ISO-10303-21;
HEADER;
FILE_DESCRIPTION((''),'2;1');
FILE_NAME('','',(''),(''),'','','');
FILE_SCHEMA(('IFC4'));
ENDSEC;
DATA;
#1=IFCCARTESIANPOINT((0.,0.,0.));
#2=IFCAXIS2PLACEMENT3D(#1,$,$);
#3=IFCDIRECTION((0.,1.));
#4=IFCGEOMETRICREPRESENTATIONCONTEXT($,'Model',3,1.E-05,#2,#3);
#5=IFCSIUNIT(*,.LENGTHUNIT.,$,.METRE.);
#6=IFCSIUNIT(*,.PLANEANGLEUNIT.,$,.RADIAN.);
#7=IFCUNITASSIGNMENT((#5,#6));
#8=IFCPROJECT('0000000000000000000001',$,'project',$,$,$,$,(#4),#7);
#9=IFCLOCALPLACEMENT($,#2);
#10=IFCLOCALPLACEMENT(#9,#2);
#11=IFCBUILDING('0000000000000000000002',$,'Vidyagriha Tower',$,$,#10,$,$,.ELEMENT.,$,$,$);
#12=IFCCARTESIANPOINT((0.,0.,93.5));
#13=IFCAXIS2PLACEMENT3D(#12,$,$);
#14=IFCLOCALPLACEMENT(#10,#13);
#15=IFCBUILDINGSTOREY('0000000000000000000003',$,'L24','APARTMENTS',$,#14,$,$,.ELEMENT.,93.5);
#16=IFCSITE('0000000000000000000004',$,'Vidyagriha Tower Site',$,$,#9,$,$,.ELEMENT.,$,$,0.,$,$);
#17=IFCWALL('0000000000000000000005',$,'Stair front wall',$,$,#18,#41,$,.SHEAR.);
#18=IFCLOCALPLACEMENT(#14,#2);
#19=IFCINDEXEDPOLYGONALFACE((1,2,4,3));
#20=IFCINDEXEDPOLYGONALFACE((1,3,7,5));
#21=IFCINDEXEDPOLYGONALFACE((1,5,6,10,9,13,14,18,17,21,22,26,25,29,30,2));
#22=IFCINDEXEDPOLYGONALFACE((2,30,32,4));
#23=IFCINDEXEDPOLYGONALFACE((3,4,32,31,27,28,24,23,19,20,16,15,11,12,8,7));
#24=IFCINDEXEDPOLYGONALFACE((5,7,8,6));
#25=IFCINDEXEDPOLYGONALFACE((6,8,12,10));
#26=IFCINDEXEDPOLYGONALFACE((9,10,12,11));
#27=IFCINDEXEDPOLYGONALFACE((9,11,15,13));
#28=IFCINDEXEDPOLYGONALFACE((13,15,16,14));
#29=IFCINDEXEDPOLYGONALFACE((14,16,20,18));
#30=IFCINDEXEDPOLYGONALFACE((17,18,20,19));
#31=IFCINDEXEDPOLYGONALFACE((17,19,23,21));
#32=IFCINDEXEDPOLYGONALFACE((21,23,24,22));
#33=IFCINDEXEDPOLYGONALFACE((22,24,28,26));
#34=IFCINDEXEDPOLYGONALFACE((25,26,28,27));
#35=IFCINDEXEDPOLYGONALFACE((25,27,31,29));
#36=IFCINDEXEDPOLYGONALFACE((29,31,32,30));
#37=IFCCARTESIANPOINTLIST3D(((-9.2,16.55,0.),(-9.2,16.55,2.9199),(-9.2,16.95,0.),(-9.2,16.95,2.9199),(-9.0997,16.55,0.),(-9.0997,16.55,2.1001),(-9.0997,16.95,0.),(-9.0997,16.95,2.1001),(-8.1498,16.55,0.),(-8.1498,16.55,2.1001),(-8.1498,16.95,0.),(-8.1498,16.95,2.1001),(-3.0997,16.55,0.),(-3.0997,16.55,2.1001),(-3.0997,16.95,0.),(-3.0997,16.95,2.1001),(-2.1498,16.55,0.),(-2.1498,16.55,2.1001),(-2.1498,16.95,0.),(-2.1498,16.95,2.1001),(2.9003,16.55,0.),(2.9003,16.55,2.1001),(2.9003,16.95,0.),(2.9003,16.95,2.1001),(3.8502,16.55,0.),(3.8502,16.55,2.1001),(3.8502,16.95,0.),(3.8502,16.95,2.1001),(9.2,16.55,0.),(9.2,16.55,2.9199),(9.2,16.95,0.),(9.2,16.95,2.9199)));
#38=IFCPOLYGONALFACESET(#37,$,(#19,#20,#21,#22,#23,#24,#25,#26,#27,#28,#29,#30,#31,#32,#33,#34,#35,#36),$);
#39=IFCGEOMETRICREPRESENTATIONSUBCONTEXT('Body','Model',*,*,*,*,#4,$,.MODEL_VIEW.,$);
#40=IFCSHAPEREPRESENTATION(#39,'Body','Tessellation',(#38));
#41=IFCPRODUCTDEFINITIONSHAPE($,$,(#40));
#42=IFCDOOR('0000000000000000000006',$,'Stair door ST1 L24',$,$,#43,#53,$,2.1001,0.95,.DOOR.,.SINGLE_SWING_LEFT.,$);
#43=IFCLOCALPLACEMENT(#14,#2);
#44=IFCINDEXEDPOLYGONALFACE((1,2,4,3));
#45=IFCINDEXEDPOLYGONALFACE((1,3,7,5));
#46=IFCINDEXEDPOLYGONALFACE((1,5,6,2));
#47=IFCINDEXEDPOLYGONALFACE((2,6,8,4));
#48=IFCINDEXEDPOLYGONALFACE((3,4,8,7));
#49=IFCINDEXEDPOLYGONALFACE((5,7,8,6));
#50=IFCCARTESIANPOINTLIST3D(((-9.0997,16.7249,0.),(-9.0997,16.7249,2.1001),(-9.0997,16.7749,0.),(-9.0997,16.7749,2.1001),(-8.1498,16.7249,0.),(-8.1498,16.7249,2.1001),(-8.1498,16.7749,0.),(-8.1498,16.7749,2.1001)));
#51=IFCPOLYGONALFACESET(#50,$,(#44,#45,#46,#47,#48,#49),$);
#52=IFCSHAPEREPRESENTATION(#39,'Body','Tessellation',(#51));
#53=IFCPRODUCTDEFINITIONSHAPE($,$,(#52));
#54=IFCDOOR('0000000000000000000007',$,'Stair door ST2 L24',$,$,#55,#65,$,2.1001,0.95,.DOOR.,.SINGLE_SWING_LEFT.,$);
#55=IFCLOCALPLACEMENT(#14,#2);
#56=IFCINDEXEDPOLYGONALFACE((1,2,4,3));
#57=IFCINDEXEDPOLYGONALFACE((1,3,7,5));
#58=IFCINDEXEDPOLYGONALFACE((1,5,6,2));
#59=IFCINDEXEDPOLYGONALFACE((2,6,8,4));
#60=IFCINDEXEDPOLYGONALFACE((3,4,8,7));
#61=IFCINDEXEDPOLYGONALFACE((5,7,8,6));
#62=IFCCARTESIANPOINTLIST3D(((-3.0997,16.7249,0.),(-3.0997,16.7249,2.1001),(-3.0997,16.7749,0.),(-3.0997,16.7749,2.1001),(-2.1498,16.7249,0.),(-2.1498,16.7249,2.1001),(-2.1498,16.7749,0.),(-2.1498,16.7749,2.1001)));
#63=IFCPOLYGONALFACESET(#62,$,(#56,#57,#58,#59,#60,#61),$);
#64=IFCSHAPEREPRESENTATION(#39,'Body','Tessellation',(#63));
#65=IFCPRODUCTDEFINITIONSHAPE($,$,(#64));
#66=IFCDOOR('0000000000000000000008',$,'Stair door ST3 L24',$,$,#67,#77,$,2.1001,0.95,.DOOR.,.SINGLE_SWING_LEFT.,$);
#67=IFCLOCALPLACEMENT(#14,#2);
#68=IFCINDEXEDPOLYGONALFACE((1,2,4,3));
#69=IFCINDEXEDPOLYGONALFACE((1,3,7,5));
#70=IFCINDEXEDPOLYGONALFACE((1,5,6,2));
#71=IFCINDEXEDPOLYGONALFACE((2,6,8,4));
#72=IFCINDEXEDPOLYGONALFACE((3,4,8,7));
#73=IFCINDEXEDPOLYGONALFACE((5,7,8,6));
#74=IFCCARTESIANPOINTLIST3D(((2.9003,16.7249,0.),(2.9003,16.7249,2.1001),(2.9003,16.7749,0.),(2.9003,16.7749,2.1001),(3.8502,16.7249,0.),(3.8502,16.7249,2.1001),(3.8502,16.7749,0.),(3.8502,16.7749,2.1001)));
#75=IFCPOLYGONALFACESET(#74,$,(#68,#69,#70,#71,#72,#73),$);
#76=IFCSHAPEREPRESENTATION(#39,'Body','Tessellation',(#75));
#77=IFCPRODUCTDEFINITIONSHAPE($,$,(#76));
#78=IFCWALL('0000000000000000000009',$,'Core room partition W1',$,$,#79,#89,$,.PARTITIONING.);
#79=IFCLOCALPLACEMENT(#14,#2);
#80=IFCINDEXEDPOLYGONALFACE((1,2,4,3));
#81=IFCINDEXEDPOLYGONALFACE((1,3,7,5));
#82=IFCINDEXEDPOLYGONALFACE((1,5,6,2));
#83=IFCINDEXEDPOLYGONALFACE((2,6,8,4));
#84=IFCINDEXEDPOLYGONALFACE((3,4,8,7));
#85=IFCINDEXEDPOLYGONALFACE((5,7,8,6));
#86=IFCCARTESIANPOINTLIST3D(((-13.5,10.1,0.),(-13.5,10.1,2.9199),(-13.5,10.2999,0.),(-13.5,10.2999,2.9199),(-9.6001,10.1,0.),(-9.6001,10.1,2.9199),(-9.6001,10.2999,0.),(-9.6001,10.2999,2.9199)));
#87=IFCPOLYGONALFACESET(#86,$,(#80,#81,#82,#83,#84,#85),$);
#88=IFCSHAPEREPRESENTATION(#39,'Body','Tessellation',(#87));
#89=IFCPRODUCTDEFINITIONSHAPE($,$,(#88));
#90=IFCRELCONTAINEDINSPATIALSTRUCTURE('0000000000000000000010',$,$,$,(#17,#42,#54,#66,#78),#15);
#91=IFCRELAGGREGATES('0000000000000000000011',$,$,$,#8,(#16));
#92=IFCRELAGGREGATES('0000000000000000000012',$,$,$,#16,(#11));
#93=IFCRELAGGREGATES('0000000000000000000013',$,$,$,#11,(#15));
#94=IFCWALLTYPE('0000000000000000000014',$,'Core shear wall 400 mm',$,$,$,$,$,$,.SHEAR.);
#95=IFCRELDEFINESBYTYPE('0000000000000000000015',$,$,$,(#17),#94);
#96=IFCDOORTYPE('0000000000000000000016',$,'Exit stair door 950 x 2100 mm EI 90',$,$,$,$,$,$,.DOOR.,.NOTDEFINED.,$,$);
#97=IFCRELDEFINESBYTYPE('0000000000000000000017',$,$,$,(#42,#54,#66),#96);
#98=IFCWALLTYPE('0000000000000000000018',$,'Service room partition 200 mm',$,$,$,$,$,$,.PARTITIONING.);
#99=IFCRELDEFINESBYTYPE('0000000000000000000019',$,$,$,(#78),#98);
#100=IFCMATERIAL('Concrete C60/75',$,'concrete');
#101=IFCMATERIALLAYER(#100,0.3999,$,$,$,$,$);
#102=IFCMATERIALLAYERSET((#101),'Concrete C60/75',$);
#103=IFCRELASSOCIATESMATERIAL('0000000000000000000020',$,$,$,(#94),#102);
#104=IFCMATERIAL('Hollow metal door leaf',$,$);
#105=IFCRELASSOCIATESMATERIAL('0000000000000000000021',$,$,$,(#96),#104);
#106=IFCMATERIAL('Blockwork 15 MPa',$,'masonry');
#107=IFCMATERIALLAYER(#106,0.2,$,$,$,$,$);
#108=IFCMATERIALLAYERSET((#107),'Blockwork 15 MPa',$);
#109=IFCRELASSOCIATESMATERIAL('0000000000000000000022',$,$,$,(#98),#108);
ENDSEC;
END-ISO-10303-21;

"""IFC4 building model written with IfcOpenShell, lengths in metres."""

from ifc_helpers import new_model, si_unit, direction, frame, frame_2d, origin, place, context, subcontext, project, spatial, rectangle, extrude, material, layer, layer_set, type_object, element, fill, save


model = new_model("IFC4")

# Units and contexts
model_context = context("Model", 3, precision=1e-05, world=origin(), true_north=direction((0.0, 1.0)))
body_context = subcontext(model_context, "Body", "Model", "MODEL_VIEW")
ifc_project = project(units=[si_unit("LENGTHUNIT", "METRE"), si_unit("PLANEANGLEUNIT", "RADIAN")], contexts=[model_context])

# Site, building, storey
site_placement = place(None, origin())
site = spatial("IfcSite", under=ifc_project, at=site_placement, Name="Vidyagriha Tower Site", CompositionType="ELEMENT", RefElevation=0.0)
building_placement = place(site_placement, origin())
building = spatial("IfcBuilding", under=site, at=building_placement, Name="Vidyagriha Tower", CompositionType="ELEMENT")
storey_placement = place(building_placement, frame((0.0, 0.0, 93.5)))
storey = spatial("IfcBuildingStorey", under=building, at=storey_placement, Name="L24", Description="APARTMENTS", CompositionType="ELEMENT", Elevation=93.5)

# Shared definitions
ifc_material_1 = material(Name="Concrete C60/75", Category="concrete")
ifc_layer_1 = layer(ifc_material_1, 0.3999)
ifc_layer_set_1 = layer_set([ifc_layer_1], Name="Concrete C60/75")
wall_type_1 = type_object("IfcWallType", Name="Core shear wall 400 mm", PredefinedType="SHEAR", material=ifc_layer_set_1)

# Wall, openings, doors
wall_1_placement = place(storey_placement, frame((-9.2, 16.75, 0.0)))
wall_1 = element("IfcWall", 1, at=wall_1_placement, inside=storey, type_object=wall_type_1, Name="Stair front wall", PredefinedType="SHEAR", context=body_context, shape_type="SweptSolid", body=[
    extrude(rectangle(XDim=18.3999, YDim=0.3999, at=frame_2d((9.2, 0.0))), origin(), (0.0, 0.0, 1.0), 2.9199),
])
opening_1_placement = place(wall_1_placement, frame((0.1001, 0.0, 0.0)))
opening_1 = element("IfcOpeningElement", 2, at=opening_1_placement, cuts=wall_1, PredefinedType="OPENING", context=body_context, shape_type="SweptSolid", body=[
    extrude(rectangle(XDim=0.95, YDim=2.1001, at=frame_2d((0.4751, 1.05))), frame((0.0, 0.21, 0.0), z_axis=(0.0, -1.0, 0.0), x_axis=(1.0, 0.0, 0.0)), (0.0, 0.0, 1.0), 0.4199),
])
opening_2_placement = place(wall_1_placement, frame((6.1001, 0.0, 0.0)))
opening_2 = element("IfcOpeningElement", 3, at=opening_2_placement, cuts=wall_1, PredefinedType="OPENING", context=body_context, shape_type="SweptSolid", body=[
    extrude(rectangle(XDim=0.95, YDim=2.1001, at=frame_2d((0.4751, 1.05))), frame((0.0, 0.21, 0.0), z_axis=(0.0, -1.0, 0.0), x_axis=(1.0, 0.0, 0.0)), (0.0, 0.0, 1.0), 0.4199),
])
opening_3_placement = place(wall_1_placement, frame((12.1001, 0.0, 0.0)))
opening_3 = element("IfcOpeningElement", 4, at=opening_3_placement, cuts=wall_1, PredefinedType="OPENING", context=body_context, shape_type="SweptSolid", body=[
    extrude(rectangle(XDim=0.95, YDim=2.1001, at=frame_2d((0.4751, 1.05))), frame((0.0, 0.21, 0.0), z_axis=(0.0, -1.0, 0.0), x_axis=(1.0, 0.0, 0.0)), (0.0, 0.0, 1.0), 0.4199),
])
ifc_material_2 = material(Name="Hollow metal door leaf")
door_type_1 = type_object("IfcDoorType", Name="Exit stair door 950 x 2100 mm EI 90", OperationType="NOTDEFINED", PredefinedType="DOOR", material=ifc_material_2)
door_1_placement = place(opening_1_placement, origin())
door_1 = element("IfcDoor", 5, at=door_1_placement, inside=storey, type_object=door_type_1, Name="Stair door ST1 L24", OperationType="SINGLE_SWING_LEFT", OverallHeight=2.1001, OverallWidth=0.95, PredefinedType="DOOR", context=body_context, shape_type="SweptSolid", body=[
    extrude(rectangle(XDim=0.95, YDim=2.1001, at=frame_2d((0.4751, 1.05))), frame((0.0, 0.0249, 0.0), z_axis=(0.0, -1.0, 0.0), x_axis=(1.0, 0.0, 0.0)), (0.0, 0.0, 1.0), 0.05),
])
fill(opening_1, door_1)
door_2_placement = place(opening_2_placement, origin())
door_2 = element("IfcDoor", 6, at=door_2_placement, inside=storey, type_object=door_type_1, Name="Stair door ST2 L24", OperationType="SINGLE_SWING_LEFT", OverallHeight=2.1001, OverallWidth=0.95, PredefinedType="DOOR", context=body_context, shape_type="SweptSolid", body=[
    extrude(rectangle(XDim=0.95, YDim=2.1001, at=frame_2d((0.4751, 1.05))), frame((0.0, 0.0249, 0.0), z_axis=(0.0, -1.0, 0.0), x_axis=(1.0, 0.0, 0.0)), (0.0, 0.0, 1.0), 0.05),
])
fill(opening_2, door_2)
door_3_placement = place(opening_3_placement, origin())
door_3 = element("IfcDoor", 7, at=door_3_placement, inside=storey, type_object=door_type_1, Name="Stair door ST3 L24", OperationType="SINGLE_SWING_LEFT", OverallHeight=2.1001, OverallWidth=0.95, PredefinedType="DOOR", context=body_context, shape_type="SweptSolid", body=[
    extrude(rectangle(XDim=0.95, YDim=2.1001, at=frame_2d((0.4751, 1.05))), frame((0.0, 0.0249, 0.0), z_axis=(0.0, -1.0, 0.0), x_axis=(1.0, 0.0, 0.0)), (0.0, 0.0, 1.0), 0.05),
])
fill(opening_3, door_3)

# Wall
ifc_material_3 = material(Name="Blockwork 15 MPa", Category="masonry")
ifc_layer_2 = layer(ifc_material_3, 0.2)
ifc_layer_set_2 = layer_set([ifc_layer_2], Name="Blockwork 15 MPa")
wall_type_2 = type_object("IfcWallType", Name="Service room partition 200 mm", PredefinedType="PARTITIONING", material=ifc_layer_set_2)
wall_2_placement = place(storey_placement, frame((-13.5, 10.2, 0.0)))
element("IfcWall", 8, at=wall_2_placement, inside=storey, type_object=wall_type_2, Name="Core room partition W1", PredefinedType="PARTITIONING", context=body_context, shape_type="SweptSolid", body=[
    extrude(rectangle(XDim=3.8999, YDim=0.2, at=frame_2d((1.95, 0.0))), origin(), (0.0, 0.0, 1.0), 2.9199),
])

save(model, "model.ifc")
